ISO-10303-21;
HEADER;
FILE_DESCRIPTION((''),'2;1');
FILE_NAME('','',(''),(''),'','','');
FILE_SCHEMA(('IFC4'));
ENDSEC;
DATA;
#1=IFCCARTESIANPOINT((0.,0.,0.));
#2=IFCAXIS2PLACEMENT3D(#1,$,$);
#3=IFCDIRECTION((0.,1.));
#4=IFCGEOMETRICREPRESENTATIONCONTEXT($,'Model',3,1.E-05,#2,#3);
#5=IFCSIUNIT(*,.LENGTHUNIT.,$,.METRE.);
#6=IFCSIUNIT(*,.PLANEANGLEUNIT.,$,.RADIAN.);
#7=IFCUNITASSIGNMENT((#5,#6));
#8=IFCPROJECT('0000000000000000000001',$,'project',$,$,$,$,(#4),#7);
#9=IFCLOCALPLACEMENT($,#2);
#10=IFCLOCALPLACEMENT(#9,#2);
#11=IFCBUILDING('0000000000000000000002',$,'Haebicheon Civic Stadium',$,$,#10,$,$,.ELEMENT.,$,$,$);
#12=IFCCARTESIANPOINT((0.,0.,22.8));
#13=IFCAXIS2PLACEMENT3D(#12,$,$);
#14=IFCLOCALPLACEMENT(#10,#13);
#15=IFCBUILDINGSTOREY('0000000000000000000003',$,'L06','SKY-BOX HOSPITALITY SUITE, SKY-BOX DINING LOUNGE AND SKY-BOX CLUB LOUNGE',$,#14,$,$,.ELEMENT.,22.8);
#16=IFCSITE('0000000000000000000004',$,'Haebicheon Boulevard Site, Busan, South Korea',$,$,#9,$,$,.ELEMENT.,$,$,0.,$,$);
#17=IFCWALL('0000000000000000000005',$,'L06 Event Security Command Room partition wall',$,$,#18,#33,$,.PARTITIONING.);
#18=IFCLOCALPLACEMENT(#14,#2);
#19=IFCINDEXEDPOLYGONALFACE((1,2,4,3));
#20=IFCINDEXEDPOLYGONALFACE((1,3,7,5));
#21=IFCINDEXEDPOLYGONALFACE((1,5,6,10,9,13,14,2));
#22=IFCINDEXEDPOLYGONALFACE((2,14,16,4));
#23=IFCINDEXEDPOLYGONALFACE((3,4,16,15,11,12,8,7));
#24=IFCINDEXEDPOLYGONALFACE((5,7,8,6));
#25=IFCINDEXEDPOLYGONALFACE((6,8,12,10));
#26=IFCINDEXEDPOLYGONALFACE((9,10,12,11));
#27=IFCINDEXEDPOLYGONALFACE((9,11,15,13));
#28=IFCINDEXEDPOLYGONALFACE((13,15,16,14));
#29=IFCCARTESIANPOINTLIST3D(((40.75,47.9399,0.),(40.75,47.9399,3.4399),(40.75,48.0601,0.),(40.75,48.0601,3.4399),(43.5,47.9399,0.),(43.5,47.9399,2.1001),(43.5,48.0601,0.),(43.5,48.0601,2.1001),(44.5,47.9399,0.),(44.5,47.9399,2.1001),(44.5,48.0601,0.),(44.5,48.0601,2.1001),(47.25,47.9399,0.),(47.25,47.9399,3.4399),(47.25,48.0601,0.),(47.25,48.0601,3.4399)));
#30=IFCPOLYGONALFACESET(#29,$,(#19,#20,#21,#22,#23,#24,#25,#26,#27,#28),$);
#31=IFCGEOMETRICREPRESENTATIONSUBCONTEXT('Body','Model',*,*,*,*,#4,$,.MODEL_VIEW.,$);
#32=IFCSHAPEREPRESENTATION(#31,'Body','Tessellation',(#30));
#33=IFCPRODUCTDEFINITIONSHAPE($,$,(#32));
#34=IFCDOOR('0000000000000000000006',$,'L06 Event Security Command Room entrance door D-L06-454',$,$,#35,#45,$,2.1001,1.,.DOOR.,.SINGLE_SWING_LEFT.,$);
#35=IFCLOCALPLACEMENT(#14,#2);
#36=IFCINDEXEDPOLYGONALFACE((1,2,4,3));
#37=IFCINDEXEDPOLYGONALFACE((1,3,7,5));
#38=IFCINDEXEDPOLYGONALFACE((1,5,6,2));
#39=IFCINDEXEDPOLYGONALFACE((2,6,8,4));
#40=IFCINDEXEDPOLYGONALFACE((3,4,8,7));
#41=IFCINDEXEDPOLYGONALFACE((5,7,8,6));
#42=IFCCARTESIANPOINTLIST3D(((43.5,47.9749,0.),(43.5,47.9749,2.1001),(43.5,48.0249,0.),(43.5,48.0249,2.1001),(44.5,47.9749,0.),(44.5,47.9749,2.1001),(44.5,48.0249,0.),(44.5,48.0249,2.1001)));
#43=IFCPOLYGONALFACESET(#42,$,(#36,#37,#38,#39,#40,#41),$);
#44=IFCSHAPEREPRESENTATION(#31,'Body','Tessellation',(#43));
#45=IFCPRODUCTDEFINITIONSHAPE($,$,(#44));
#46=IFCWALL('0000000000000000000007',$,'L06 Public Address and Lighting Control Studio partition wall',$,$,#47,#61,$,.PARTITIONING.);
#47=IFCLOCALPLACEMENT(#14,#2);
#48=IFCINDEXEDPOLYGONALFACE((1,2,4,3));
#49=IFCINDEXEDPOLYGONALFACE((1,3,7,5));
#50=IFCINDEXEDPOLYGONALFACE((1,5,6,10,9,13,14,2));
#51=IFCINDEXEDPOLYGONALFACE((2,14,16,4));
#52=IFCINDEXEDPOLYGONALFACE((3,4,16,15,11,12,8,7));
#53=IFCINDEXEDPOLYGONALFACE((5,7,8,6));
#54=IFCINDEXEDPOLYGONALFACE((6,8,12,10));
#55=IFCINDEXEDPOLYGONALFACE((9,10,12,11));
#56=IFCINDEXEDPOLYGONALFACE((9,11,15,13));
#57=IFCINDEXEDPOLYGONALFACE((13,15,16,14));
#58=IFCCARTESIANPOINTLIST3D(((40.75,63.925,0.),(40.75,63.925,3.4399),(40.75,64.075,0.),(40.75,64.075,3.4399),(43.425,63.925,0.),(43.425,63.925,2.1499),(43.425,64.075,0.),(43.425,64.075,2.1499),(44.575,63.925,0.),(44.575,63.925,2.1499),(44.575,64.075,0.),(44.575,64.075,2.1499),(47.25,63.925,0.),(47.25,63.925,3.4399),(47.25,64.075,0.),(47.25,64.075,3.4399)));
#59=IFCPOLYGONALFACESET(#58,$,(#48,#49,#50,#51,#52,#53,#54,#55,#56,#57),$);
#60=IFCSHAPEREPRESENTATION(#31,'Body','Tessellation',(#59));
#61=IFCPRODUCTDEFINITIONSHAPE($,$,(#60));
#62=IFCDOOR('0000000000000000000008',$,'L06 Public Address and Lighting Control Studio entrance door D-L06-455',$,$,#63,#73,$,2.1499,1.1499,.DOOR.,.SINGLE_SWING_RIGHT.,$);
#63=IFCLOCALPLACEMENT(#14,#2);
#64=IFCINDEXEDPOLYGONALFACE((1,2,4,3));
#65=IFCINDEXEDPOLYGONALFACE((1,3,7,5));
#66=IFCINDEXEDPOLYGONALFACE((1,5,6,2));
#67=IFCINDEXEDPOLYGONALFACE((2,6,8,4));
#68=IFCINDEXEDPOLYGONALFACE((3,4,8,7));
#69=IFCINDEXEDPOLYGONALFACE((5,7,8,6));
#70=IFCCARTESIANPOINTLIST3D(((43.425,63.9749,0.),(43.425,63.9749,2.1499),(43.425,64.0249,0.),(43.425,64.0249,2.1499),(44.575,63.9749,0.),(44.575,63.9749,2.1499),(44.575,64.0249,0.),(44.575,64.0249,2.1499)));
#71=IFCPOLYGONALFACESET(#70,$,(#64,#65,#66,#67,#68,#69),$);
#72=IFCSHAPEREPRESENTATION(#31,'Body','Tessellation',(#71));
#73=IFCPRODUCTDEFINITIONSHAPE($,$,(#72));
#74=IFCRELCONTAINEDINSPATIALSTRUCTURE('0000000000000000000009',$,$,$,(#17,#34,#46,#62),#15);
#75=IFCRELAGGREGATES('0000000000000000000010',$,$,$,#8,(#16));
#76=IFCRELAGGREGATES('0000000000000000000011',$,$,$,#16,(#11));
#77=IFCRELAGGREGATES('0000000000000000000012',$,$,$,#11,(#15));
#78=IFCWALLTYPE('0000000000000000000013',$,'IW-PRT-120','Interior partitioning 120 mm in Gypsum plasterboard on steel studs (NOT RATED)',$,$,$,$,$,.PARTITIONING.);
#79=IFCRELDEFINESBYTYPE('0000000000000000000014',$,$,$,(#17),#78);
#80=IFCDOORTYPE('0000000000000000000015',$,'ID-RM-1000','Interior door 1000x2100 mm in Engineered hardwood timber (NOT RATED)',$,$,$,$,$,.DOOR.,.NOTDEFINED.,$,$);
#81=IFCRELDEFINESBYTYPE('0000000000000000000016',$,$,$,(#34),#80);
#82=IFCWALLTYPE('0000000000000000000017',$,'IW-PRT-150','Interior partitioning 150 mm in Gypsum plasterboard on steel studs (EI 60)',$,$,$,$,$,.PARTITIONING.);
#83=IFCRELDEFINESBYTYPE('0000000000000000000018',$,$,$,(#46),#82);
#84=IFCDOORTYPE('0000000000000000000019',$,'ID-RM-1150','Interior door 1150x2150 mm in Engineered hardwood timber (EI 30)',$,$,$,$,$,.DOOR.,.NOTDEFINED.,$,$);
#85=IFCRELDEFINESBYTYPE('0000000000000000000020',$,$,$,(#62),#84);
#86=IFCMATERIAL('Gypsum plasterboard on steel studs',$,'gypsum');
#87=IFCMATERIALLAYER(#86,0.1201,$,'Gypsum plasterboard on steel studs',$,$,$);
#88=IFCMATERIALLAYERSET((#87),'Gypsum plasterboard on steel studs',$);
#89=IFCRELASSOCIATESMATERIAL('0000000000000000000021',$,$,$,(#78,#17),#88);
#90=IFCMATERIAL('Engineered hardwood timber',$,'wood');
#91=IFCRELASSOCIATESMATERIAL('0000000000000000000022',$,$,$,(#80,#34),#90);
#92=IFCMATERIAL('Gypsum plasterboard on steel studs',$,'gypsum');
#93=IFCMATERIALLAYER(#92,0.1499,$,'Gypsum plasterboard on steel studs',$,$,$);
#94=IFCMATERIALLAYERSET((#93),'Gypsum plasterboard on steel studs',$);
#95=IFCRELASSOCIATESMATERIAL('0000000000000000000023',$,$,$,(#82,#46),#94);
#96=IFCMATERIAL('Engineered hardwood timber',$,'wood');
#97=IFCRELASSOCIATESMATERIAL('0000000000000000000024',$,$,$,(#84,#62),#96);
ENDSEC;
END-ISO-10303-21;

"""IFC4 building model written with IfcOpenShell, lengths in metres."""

from ifc_helpers import new_model, si_unit, direction, frame, frame_2d, origin, place, context, subcontext, project, spatial, rectangle, extrude, material, layer, layer_set, type_object, element, fill, save


model = new_model("IFC4")

# Units and contexts
model_context = context("Model", 3, precision=1e-05, world=origin(), true_north=direction((0.0, 1.0)))
body_context = subcontext(model_context, "Body", "Model", "MODEL_VIEW")
ifc_project = project(units=[si_unit("LENGTHUNIT", "METRE"), si_unit("PLANEANGLEUNIT", "RADIAN")], contexts=[model_context])

# Site, building, storey
site_placement = place(None, origin())
site = spatial("IfcSite", under=ifc_project, at=site_placement, Name="Haebicheon Boulevard Site, Busan, South Korea", CompositionType="ELEMENT", RefElevation=0.0)
building_placement = place(site_placement, origin())
building = spatial("IfcBuilding", under=site, at=building_placement, Name="Haebicheon Civic Stadium", CompositionType="ELEMENT")
storey_placement = place(building_placement, frame((0.0, 0.0, 22.8)))
storey = spatial("IfcBuildingStorey", under=building, at=storey_placement, Name="L06", Description="SKY-BOX HOSPITALITY SUITE, SKY-BOX DINING LOUNGE AND SKY-BOX CLUB LOUNGE", CompositionType="ELEMENT", Elevation=22.8)

# Walls, openings, doors
ifc_material_1 = material(Name="Gypsum plasterboard on steel studs", Category="gypsum")
ifc_layer_1 = layer(ifc_material_1, 0.1201, Name="Gypsum plasterboard on steel studs")
ifc_layer_set_1 = layer_set([ifc_layer_1], Name="Gypsum plasterboard on steel studs")
wall_type_1 = type_object("IfcWallType", Name="IW-PRT-120", Description="Interior partitioning 120 mm in Gypsum plasterboard on steel studs (NOT RATED)", PredefinedType="PARTITIONING", material=ifc_layer_set_1)
wall_1_placement = place(storey_placement, frame((40.75, 48.0, 0.0), z_axis=(0.0, 0.0, 1.0), x_axis=(1.0, 0.0, 0.0)))
wall_1 = element("IfcWall", 1, at=wall_1_placement, inside=storey, type_object=wall_type_1, material=ifc_layer_set_1, Name="L06 Event Security Command Room partition wall", PredefinedType="PARTITIONING", context=body_context, shape_type="SweptSolid", body=[
    extrude(rectangle(XDim=6.5, YDim=0.1201, at=frame_2d((3.25, 0.0))), origin(), (0.0, 0.0, 1.0), 3.4399),
])
opening_1_placement = place(wall_1_placement, frame((2.75, 0.0, 0.0)))
opening_1 = element("IfcOpeningElement", 2, at=opening_1_placement, cuts=wall_1, PredefinedType="OPENING", context=body_context, shape_type="SweptSolid", body=[
    extrude(rectangle(XDim=1.0, YDim=2.1001, at=frame_2d((0.5, 1.05))), frame((0.0, 0.0701, 0.0), z_axis=(0.0, -1.0, 0.0), x_axis=(1.0, 0.0, 0.0)), (0.0, 0.0, 1.0), 0.1401),
])
ifc_material_2 = material(Name="Engineered hardwood timber", Category="wood")
door_type_1 = type_object("IfcDoorType", Name="ID-RM-1000", Description="Interior door 1000x2100 mm in Engineered hardwood timber (NOT RATED)", OperationType="NOTDEFINED", PredefinedType="DOOR", material=ifc_material_2)
door_1_placement = place(opening_1_placement, origin())
door_1 = element("IfcDoor", 3, at=door_1_placement, inside=storey, type_object=door_type_1, material=ifc_material_2, Name="L06 Event Security Command Room entrance door D-L06-454", OperationType="SINGLE_SWING_LEFT", OverallHeight=2.1001, OverallWidth=1.0, PredefinedType="DOOR", context=body_context, shape_type="SweptSolid", body=[
    extrude(rectangle(XDim=1.0, YDim=2.1001, at=frame_2d((0.5, 1.05))), frame((0.0, 0.0249, 0.0), z_axis=(0.0, -1.0, 0.0), x_axis=(1.0, 0.0, 0.0)), (0.0, 0.0, 1.0), 0.05),
])
fill(opening_1, door_1)
ifc_material_3 = material(Name="Gypsum plasterboard on steel studs", Category="gypsum")
ifc_layer_2 = layer(ifc_material_3, 0.1499, Name="Gypsum plasterboard on steel studs")
ifc_layer_set_2 = layer_set([ifc_layer_2], Name="Gypsum plasterboard on steel studs")
wall_type_2 = type_object("IfcWallType", Name="IW-PRT-150", Description="Interior partitioning 150 mm in Gypsum plasterboard on steel studs (EI 60)", PredefinedType="PARTITIONING", material=ifc_layer_set_2)
wall_2_placement = place(storey_placement, frame((40.75, 64.0, 0.0), z_axis=(0.0, 0.0, 1.0), x_axis=(1.0, 0.0, 0.0)))
wall_2 = element("IfcWall", 4, at=wall_2_placement, inside=storey, type_object=wall_type_2, material=ifc_layer_set_2, Name="L06 Public Address and Lighting Control Studio partition wall", PredefinedType="PARTITIONING", context=body_context, shape_type="SweptSolid", body=[
    extrude(rectangle(XDim=6.5, YDim=0.1499, at=frame_2d((3.25, 0.0))), origin(), (0.0, 0.0, 1.0), 3.4399),
])
opening_2_placement = place(wall_2_placement, frame((2.675, 0.0, 0.0)))
opening_2 = element("IfcOpeningElement", 5, at=opening_2_placement, cuts=wall_2, PredefinedType="OPENING", context=body_context, shape_type="SweptSolid", body=[
    extrude(rectangle(XDim=1.1499, YDim=2.1499, at=frame_2d((0.575, 1.075))), frame((0.0, 0.085, 0.0), z_axis=(0.0, -1.0, 0.0), x_axis=(1.0, 0.0, 0.0)), (0.0, 0.0, 1.0), 0.1699),
])
ifc_material_4 = material(Name="Engineered hardwood timber", Category="wood")
door_type_2 = type_object("IfcDoorType", Name="ID-RM-1150", Description="Interior door 1150x2150 mm in Engineered hardwood timber (EI 30)", OperationType="NOTDEFINED", PredefinedType="DOOR", material=ifc_material_4)
door_2_placement = place(opening_2_placement, origin())
door_2 = element("IfcDoor", 6, at=door_2_placement, inside=storey, type_object=door_type_2, material=ifc_material_4, Name="L06 Public Address and Lighting Control Studio entrance door D-L06-455", OperationType="SINGLE_SWING_RIGHT", OverallHeight=2.1499, OverallWidth=1.1499, PredefinedType="DOOR", context=body_context, shape_type="SweptSolid", body=[
    extrude(rectangle(XDim=1.1499, YDim=2.1499, at=frame_2d((0.575, 1.075))), frame((0.0, 0.0249, 0.0), z_axis=(0.0, -1.0, 0.0), x_axis=(1.0, 0.0, 0.0)), (0.0, 0.0, 1.0), 0.05),
])
fill(opening_2, door_2)

save(model, "model.ifc")
